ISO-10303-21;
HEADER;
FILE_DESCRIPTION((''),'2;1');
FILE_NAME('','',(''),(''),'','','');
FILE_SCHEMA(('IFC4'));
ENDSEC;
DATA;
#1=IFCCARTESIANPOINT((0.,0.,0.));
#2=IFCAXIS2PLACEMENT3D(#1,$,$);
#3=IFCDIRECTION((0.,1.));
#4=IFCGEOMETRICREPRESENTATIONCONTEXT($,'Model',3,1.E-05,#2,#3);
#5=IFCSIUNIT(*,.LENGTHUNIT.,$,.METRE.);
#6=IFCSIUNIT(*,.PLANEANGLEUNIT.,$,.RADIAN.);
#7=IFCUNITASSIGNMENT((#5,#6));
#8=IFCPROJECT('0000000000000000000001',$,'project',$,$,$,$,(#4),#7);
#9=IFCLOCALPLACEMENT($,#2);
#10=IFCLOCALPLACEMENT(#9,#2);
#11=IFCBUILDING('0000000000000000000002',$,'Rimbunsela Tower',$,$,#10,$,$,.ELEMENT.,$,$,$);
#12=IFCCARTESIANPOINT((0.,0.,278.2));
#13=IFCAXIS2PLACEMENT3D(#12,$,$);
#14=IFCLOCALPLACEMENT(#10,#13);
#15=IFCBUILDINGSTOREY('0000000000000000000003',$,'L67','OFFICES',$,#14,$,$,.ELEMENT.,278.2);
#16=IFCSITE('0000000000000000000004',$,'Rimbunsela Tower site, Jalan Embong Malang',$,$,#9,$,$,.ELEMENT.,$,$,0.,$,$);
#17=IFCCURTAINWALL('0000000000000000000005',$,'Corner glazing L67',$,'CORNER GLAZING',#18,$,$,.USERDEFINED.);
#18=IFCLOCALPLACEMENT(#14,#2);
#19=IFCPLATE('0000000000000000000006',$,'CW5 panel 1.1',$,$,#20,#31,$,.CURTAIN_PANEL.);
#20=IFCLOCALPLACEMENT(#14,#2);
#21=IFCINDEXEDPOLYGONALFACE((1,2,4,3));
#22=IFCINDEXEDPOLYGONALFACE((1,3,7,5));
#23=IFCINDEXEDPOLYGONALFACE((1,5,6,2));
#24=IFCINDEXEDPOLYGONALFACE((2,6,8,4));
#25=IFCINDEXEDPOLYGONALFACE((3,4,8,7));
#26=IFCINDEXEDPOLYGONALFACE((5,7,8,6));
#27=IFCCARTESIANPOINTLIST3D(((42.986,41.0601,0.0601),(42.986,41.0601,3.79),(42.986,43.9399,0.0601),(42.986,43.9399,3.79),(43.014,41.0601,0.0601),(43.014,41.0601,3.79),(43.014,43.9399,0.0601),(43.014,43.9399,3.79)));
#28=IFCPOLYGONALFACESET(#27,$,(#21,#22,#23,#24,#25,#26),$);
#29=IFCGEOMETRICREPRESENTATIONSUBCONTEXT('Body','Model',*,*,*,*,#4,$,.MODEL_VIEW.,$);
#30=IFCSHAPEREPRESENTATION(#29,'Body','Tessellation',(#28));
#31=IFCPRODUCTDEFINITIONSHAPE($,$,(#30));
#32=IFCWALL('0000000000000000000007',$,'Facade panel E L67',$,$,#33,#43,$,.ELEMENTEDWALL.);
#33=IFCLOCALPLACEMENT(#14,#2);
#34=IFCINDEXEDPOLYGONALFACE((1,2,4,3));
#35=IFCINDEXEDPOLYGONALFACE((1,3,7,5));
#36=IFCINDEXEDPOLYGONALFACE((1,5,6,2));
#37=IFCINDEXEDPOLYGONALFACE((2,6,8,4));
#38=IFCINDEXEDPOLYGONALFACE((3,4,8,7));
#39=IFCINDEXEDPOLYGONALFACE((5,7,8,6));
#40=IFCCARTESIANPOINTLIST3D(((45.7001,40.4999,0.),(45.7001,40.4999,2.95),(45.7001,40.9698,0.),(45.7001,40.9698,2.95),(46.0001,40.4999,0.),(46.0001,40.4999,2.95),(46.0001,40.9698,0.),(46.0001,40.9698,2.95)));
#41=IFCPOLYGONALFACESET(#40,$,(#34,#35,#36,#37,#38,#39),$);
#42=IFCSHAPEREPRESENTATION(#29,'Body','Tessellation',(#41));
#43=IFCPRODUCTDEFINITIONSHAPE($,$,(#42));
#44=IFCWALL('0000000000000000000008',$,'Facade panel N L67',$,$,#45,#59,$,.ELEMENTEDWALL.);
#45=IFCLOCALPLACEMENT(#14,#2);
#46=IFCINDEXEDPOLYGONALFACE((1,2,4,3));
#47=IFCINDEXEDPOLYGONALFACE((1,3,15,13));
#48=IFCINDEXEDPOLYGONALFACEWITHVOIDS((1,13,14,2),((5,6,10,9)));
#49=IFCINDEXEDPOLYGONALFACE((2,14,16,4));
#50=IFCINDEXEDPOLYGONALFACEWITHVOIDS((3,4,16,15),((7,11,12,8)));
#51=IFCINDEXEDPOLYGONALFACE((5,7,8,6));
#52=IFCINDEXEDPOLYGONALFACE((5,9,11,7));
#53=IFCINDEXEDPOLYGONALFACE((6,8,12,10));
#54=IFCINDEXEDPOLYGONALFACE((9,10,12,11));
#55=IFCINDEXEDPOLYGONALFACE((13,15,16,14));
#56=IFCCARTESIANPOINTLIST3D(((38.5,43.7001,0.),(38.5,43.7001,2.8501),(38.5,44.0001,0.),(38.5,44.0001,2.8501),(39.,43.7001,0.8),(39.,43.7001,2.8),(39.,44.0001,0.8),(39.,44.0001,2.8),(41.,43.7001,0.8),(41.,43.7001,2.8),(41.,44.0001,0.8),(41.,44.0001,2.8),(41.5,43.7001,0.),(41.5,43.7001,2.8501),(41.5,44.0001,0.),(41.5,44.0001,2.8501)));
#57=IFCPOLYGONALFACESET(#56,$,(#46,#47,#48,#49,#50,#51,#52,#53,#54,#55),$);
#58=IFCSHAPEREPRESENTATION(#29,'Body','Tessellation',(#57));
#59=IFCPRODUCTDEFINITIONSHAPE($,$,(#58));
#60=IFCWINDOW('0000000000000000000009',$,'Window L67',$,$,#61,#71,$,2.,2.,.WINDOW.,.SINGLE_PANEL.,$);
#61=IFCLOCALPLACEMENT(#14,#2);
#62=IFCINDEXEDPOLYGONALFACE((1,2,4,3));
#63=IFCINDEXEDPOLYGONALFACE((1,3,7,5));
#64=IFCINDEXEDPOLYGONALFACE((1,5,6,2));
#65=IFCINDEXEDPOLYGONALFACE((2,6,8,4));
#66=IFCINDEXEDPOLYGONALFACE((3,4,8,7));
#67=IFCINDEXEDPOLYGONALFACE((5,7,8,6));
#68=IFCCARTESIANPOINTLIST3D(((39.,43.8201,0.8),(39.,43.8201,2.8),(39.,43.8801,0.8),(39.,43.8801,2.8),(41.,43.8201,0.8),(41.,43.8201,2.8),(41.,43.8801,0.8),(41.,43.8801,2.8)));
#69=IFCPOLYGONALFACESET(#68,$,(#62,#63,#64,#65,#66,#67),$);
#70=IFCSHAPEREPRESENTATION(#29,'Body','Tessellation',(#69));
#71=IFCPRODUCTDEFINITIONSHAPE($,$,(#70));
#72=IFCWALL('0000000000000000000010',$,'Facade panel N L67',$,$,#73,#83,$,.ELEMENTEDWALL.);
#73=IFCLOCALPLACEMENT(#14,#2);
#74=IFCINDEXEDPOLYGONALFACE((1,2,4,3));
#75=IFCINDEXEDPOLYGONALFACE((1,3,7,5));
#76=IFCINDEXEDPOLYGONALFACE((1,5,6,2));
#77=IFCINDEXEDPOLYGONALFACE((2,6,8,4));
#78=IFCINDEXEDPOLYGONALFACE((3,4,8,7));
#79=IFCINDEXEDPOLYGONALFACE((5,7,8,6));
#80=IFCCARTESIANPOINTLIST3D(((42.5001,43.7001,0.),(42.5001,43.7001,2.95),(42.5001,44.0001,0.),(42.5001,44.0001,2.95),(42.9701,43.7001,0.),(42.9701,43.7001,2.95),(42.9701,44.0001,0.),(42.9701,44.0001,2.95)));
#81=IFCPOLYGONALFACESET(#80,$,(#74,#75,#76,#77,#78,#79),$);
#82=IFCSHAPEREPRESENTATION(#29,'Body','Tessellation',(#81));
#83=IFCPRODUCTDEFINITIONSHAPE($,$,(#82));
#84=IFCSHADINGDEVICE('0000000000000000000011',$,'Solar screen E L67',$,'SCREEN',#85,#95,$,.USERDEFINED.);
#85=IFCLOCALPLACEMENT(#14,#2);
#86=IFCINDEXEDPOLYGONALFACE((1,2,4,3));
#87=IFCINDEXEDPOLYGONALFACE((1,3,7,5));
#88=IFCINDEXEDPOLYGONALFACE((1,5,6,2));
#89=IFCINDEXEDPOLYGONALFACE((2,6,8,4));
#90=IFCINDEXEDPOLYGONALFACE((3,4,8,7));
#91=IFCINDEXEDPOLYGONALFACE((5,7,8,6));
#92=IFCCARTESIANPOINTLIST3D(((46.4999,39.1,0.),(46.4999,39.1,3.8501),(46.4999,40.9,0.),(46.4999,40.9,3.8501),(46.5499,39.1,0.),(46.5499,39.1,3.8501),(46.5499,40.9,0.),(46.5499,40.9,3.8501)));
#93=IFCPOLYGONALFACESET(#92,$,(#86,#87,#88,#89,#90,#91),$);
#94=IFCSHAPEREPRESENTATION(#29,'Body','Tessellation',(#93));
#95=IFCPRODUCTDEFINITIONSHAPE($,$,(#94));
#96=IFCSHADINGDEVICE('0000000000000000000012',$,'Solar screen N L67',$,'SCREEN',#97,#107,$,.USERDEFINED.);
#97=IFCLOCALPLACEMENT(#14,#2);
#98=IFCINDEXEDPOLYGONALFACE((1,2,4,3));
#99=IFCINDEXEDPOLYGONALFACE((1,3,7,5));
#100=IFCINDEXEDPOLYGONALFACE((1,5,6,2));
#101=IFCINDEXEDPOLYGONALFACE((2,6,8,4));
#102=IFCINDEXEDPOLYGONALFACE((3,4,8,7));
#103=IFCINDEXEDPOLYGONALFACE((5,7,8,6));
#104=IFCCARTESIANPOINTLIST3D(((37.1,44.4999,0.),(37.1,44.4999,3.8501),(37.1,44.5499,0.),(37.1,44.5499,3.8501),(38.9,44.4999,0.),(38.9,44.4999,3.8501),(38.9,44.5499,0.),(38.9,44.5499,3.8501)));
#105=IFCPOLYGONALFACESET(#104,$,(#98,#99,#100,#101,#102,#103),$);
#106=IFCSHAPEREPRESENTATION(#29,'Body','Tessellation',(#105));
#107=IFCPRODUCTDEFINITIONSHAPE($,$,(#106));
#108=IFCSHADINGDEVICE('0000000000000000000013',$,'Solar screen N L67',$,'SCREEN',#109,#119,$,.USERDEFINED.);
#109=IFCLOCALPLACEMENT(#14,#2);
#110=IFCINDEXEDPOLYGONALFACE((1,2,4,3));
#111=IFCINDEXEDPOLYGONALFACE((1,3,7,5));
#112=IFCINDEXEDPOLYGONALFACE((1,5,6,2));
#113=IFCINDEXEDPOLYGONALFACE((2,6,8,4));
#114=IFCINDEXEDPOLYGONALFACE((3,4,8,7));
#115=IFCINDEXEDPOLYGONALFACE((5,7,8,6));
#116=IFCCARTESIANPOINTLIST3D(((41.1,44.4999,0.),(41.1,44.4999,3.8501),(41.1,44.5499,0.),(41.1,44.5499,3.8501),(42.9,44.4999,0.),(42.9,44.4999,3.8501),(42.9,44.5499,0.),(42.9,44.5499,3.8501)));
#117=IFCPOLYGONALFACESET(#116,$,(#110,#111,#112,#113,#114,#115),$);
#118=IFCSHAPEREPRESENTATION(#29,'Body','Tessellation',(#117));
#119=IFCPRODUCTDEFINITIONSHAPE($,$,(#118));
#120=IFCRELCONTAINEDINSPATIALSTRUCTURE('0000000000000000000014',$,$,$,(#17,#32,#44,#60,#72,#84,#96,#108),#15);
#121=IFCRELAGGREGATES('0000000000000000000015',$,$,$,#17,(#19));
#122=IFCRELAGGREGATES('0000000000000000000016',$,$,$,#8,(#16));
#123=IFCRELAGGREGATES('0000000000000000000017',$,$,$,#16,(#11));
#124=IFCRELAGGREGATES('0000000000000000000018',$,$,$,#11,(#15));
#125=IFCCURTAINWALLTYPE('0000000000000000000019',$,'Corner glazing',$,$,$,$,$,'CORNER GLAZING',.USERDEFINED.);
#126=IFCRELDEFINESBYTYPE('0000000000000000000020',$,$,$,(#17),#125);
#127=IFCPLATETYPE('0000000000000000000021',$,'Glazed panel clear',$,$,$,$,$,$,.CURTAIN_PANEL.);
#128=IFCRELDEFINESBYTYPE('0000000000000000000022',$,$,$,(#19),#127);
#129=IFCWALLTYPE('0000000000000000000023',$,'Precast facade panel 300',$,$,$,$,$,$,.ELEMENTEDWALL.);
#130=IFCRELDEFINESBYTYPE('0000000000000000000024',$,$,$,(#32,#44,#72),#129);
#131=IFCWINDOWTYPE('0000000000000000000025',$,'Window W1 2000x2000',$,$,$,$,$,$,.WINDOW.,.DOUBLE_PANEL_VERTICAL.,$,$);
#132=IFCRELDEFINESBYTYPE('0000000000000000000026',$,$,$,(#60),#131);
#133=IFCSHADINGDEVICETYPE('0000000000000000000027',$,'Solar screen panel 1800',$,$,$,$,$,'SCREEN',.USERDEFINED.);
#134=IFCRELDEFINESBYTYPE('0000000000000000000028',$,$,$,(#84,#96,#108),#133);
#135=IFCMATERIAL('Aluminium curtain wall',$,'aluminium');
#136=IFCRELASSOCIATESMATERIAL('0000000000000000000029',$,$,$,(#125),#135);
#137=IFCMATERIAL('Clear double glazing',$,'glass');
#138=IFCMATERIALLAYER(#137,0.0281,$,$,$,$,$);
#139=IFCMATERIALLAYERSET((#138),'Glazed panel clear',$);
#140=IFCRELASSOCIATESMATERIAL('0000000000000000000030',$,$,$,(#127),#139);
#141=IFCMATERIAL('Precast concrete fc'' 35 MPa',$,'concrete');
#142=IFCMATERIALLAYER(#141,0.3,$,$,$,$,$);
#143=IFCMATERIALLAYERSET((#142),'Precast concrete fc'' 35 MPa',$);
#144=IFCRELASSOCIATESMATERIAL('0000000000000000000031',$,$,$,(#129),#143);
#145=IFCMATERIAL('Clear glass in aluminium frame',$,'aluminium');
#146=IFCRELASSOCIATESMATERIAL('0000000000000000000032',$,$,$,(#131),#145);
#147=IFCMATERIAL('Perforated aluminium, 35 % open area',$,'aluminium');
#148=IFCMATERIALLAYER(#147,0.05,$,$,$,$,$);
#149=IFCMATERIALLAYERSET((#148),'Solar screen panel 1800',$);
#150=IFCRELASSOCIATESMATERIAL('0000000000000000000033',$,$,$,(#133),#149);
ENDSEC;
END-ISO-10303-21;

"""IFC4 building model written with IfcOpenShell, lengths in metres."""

from ifc_helpers import new_model, si_unit, direction, frame, frame_2d, origin, origin_2d, place, context, subcontext, project, spatial, rectangle, extrude, material, layer, layer_set, type_object, element, fill, aggregate, save


model = new_model("IFC4")

# Units and contexts
model_context = context("Model", 3, precision=1e-05, world=origin(), true_north=direction((0.0, 1.0)))
body_context = subcontext(model_context, "Body", "Model", "MODEL_VIEW")
ifc_project = project(units=[si_unit("LENGTHUNIT", "METRE"), si_unit("PLANEANGLEUNIT", "RADIAN")], contexts=[model_context])

# Site, building, storey
site_placement = place(None, origin())
site = spatial("IfcSite", under=ifc_project, at=site_placement, Name="Rimbunsela Tower site, Jalan Embong Malang", CompositionType="ELEMENT", RefElevation=0.0)
building_placement = place(site_placement, origin())
building = spatial("IfcBuilding", under=site, at=building_placement, Name="Rimbunsela Tower", CompositionType="ELEMENT")
storey_placement = place(building_placement, frame((0.0, 0.0, 278.2)))
storey = spatial("IfcBuildingStorey", under=building, at=storey_placement, Name="L67", Description="OFFICES", CompositionType="ELEMENT", Elevation=278.2)

# Curtain wall
ifc_material_1 = material(Name="Aluminium curtain wall", Category="aluminium")
curtain_wall_type = type_object("IfcCurtainWallType", Name="Corner glazing", ElementType="CORNER GLAZING", PredefinedType="USERDEFINED", material=ifc_material_1)
curtain_wall_1_placement = place(storey_placement, origin())
curtain_wall_1 = element("IfcCurtainWall", 1, at=curtain_wall_1_placement, inside=storey, type_object=curtain_wall_type, Name="Corner glazing L67", ObjectType="CORNER GLAZING", PredefinedType="USERDEFINED")

# Plate
ifc_material_2 = material(Name="Clear double glazing", Category="glass")
ifc_layer_1 = layer(ifc_material_2, 0.0281)
ifc_layer_set_1 = layer_set([ifc_layer_1], Name="Glazed panel clear")
plate_type = type_object("IfcPlateType", Name="Glazed panel clear", PredefinedType="CURTAIN_PANEL", material=ifc_layer_set_1)
plate_1_placement = place(storey_placement, frame((43.0, 42.5, 0.0601), z_axis=(0.0, 0.0, 1.0), x_axis=(0.0, 1.0, 0.0)))
plate_1 = element("IfcPlate", 2, at=plate_1_placement, type_object=plate_type, Name="CW5 panel 1.1", PredefinedType="CURTAIN_PANEL", context=body_context, shape_type="SweptSolid", body=[
    extrude(rectangle(XDim=2.8799, YDim=0.0281, at=origin_2d()), origin(), (0.0, 0.0, 1.0), 3.73),
])
aggregate(curtain_wall_1, [plate_1])

# Wall
ifc_material_3 = material(Name="Precast concrete fc' 35 MPa", Category="concrete")
ifc_layer_2 = layer(ifc_material_3, 0.3)
ifc_layer_set_2 = layer_set([ifc_layer_2], Name="Precast concrete fc' 35 MPa")
wall_type = type_object("IfcWallType", Name="Precast facade panel 300", PredefinedType="ELEMENTEDWALL", material=ifc_layer_set_2)
wall_1_placement = place(storey_placement, frame((45.8501, 40.5, 0.0), z_axis=(0.0, 0.0, 1.0), x_axis=(0.0, 1.0, 0.0)))
element("IfcWall", 3, at=wall_1_placement, inside=storey, type_object=wall_type, Name="Facade panel E L67", PredefinedType="ELEMENTEDWALL", context=body_context, shape_type="SweptSolid", body=[
    extrude(rectangle(XDim=0.47, YDim=0.3, at=frame_2d((0.2349, 0.0))), origin(), (0.0, 0.0, 1.0), 2.95),
])

# Wall, opening, window
wall_2_placement = place(storey_placement, frame((41.5, 43.8501, 0.0), z_axis=(0.0, 0.0, 1.0), x_axis=(-1.0, 0.0, 0.0)))
wall_2 = element("IfcWall", 4, at=wall_2_placement, inside=storey, type_object=wall_type, Name="Facade panel N L67", PredefinedType="ELEMENTEDWALL", context=body_context, shape_type="SweptSolid", body=[
    extrude(rectangle(XDim=3.0, YDim=0.3, at=frame_2d((1.5, 0.0))), origin(), (0.0, 0.0, 1.0), 2.8501),
])
opening_placement = place(wall_2_placement, frame((0.5, 0.0, 0.8)))
opening = element("IfcOpeningElement", 5, at=opening_placement, cuts=wall_2, PredefinedType="OPENING", context=body_context, shape_type="SweptSolid", body=[
    extrude(rectangle(XDim=2.0, YDim=2.0, at=frame_2d((1.0, 1.0))), frame((0.0, 0.1599, 0.0), z_axis=(0.0, -1.0, 0.0), x_axis=(1.0, 0.0, 0.0)), (0.0, 0.0, 1.0), 0.3201),
])
ifc_material_4 = material(Name="Clear glass in aluminium frame", Category="aluminium")
window_type = type_object("IfcWindowType", Name="Window W1 2000x2000", PartitioningType="DOUBLE_PANEL_VERTICAL", PredefinedType="WINDOW", material=ifc_material_4)
window_placement = place(opening_placement, origin())
window = element("IfcWindow", 6, at=window_placement, inside=storey, type_object=window_type, Name="Window L67", OverallHeight=2.0, OverallWidth=2.0, PartitioningType="SINGLE_PANEL", PredefinedType="WINDOW", context=body_context, shape_type="SweptSolid", body=[
    extrude(rectangle(XDim=2.0, YDim=2.0, at=frame_2d((1.0, 1.0))), frame((0.0, 0.03, 0.0), z_axis=(0.0, -1.0, 0.0), x_axis=(1.0, 0.0, 0.0)), (0.0, 0.0, 1.0), 0.0601),
])
fill(opening, window)

# Wall
wall_3_placement = place(storey_placement, frame((42.97, 43.8501, 0.0), z_axis=(0.0, 0.0, 1.0), x_axis=(-1.0, 0.0, 0.0)))
element("IfcWall", 7, at=wall_3_placement, inside=storey, type_object=wall_type, Name="Facade panel N L67", PredefinedType="ELEMENTEDWALL", context=body_context, shape_type="SweptSolid", body=[
    extrude(rectangle(XDim=0.47, YDim=0.3, at=frame_2d((0.2349, 0.0))), origin(), (0.0, 0.0, 1.0), 2.95),
])

# Shading devices
ifc_material_5 = material(Name="Perforated aluminium, 35 % open area", Category="aluminium")
ifc_layer_3 = layer(ifc_material_5, 0.05)
ifc_layer_set_3 = layer_set([ifc_layer_3], Name="Solar screen panel 1800")
shading_device_type = type_object("IfcShadingDeviceType", Name="Solar screen panel 1800", ElementType="SCREEN", PredefinedType="USERDEFINED", material=ifc_layer_set_3)
for number, where, z_axis, x_axis, name in (
    (8, (46.5249, 40.0, 0.0), (0.0, 0.0, 1.0), (0.0, 1.0, 0.0), "Solar screen E L67"),
    (9, (38.0, 44.5249, 0.0), (0.0, 0.0, 1.0), (1.0, 0.0, 0.0), "Solar screen N L67"),
    (10, (42.0, 44.5249, 0.0), (0.0, 0.0, 1.0), (1.0, 0.0, 0.0), "Solar screen N L67"),
):
    element("IfcShadingDevice", number, at=place(storey_placement, frame(where, z_axis=z_axis, x_axis=x_axis)), inside=storey, type_object=shading_device_type, Name=name, ObjectType="SCREEN", PredefinedType="USERDEFINED", context=body_context, shape_type="SweptSolid", body=[
        extrude(rectangle(XDim=1.8, YDim=0.05, at=origin_2d()), origin(), (0.0, 0.0, 1.0), 3.8501),
    ])

save(model, "model.ifc")
